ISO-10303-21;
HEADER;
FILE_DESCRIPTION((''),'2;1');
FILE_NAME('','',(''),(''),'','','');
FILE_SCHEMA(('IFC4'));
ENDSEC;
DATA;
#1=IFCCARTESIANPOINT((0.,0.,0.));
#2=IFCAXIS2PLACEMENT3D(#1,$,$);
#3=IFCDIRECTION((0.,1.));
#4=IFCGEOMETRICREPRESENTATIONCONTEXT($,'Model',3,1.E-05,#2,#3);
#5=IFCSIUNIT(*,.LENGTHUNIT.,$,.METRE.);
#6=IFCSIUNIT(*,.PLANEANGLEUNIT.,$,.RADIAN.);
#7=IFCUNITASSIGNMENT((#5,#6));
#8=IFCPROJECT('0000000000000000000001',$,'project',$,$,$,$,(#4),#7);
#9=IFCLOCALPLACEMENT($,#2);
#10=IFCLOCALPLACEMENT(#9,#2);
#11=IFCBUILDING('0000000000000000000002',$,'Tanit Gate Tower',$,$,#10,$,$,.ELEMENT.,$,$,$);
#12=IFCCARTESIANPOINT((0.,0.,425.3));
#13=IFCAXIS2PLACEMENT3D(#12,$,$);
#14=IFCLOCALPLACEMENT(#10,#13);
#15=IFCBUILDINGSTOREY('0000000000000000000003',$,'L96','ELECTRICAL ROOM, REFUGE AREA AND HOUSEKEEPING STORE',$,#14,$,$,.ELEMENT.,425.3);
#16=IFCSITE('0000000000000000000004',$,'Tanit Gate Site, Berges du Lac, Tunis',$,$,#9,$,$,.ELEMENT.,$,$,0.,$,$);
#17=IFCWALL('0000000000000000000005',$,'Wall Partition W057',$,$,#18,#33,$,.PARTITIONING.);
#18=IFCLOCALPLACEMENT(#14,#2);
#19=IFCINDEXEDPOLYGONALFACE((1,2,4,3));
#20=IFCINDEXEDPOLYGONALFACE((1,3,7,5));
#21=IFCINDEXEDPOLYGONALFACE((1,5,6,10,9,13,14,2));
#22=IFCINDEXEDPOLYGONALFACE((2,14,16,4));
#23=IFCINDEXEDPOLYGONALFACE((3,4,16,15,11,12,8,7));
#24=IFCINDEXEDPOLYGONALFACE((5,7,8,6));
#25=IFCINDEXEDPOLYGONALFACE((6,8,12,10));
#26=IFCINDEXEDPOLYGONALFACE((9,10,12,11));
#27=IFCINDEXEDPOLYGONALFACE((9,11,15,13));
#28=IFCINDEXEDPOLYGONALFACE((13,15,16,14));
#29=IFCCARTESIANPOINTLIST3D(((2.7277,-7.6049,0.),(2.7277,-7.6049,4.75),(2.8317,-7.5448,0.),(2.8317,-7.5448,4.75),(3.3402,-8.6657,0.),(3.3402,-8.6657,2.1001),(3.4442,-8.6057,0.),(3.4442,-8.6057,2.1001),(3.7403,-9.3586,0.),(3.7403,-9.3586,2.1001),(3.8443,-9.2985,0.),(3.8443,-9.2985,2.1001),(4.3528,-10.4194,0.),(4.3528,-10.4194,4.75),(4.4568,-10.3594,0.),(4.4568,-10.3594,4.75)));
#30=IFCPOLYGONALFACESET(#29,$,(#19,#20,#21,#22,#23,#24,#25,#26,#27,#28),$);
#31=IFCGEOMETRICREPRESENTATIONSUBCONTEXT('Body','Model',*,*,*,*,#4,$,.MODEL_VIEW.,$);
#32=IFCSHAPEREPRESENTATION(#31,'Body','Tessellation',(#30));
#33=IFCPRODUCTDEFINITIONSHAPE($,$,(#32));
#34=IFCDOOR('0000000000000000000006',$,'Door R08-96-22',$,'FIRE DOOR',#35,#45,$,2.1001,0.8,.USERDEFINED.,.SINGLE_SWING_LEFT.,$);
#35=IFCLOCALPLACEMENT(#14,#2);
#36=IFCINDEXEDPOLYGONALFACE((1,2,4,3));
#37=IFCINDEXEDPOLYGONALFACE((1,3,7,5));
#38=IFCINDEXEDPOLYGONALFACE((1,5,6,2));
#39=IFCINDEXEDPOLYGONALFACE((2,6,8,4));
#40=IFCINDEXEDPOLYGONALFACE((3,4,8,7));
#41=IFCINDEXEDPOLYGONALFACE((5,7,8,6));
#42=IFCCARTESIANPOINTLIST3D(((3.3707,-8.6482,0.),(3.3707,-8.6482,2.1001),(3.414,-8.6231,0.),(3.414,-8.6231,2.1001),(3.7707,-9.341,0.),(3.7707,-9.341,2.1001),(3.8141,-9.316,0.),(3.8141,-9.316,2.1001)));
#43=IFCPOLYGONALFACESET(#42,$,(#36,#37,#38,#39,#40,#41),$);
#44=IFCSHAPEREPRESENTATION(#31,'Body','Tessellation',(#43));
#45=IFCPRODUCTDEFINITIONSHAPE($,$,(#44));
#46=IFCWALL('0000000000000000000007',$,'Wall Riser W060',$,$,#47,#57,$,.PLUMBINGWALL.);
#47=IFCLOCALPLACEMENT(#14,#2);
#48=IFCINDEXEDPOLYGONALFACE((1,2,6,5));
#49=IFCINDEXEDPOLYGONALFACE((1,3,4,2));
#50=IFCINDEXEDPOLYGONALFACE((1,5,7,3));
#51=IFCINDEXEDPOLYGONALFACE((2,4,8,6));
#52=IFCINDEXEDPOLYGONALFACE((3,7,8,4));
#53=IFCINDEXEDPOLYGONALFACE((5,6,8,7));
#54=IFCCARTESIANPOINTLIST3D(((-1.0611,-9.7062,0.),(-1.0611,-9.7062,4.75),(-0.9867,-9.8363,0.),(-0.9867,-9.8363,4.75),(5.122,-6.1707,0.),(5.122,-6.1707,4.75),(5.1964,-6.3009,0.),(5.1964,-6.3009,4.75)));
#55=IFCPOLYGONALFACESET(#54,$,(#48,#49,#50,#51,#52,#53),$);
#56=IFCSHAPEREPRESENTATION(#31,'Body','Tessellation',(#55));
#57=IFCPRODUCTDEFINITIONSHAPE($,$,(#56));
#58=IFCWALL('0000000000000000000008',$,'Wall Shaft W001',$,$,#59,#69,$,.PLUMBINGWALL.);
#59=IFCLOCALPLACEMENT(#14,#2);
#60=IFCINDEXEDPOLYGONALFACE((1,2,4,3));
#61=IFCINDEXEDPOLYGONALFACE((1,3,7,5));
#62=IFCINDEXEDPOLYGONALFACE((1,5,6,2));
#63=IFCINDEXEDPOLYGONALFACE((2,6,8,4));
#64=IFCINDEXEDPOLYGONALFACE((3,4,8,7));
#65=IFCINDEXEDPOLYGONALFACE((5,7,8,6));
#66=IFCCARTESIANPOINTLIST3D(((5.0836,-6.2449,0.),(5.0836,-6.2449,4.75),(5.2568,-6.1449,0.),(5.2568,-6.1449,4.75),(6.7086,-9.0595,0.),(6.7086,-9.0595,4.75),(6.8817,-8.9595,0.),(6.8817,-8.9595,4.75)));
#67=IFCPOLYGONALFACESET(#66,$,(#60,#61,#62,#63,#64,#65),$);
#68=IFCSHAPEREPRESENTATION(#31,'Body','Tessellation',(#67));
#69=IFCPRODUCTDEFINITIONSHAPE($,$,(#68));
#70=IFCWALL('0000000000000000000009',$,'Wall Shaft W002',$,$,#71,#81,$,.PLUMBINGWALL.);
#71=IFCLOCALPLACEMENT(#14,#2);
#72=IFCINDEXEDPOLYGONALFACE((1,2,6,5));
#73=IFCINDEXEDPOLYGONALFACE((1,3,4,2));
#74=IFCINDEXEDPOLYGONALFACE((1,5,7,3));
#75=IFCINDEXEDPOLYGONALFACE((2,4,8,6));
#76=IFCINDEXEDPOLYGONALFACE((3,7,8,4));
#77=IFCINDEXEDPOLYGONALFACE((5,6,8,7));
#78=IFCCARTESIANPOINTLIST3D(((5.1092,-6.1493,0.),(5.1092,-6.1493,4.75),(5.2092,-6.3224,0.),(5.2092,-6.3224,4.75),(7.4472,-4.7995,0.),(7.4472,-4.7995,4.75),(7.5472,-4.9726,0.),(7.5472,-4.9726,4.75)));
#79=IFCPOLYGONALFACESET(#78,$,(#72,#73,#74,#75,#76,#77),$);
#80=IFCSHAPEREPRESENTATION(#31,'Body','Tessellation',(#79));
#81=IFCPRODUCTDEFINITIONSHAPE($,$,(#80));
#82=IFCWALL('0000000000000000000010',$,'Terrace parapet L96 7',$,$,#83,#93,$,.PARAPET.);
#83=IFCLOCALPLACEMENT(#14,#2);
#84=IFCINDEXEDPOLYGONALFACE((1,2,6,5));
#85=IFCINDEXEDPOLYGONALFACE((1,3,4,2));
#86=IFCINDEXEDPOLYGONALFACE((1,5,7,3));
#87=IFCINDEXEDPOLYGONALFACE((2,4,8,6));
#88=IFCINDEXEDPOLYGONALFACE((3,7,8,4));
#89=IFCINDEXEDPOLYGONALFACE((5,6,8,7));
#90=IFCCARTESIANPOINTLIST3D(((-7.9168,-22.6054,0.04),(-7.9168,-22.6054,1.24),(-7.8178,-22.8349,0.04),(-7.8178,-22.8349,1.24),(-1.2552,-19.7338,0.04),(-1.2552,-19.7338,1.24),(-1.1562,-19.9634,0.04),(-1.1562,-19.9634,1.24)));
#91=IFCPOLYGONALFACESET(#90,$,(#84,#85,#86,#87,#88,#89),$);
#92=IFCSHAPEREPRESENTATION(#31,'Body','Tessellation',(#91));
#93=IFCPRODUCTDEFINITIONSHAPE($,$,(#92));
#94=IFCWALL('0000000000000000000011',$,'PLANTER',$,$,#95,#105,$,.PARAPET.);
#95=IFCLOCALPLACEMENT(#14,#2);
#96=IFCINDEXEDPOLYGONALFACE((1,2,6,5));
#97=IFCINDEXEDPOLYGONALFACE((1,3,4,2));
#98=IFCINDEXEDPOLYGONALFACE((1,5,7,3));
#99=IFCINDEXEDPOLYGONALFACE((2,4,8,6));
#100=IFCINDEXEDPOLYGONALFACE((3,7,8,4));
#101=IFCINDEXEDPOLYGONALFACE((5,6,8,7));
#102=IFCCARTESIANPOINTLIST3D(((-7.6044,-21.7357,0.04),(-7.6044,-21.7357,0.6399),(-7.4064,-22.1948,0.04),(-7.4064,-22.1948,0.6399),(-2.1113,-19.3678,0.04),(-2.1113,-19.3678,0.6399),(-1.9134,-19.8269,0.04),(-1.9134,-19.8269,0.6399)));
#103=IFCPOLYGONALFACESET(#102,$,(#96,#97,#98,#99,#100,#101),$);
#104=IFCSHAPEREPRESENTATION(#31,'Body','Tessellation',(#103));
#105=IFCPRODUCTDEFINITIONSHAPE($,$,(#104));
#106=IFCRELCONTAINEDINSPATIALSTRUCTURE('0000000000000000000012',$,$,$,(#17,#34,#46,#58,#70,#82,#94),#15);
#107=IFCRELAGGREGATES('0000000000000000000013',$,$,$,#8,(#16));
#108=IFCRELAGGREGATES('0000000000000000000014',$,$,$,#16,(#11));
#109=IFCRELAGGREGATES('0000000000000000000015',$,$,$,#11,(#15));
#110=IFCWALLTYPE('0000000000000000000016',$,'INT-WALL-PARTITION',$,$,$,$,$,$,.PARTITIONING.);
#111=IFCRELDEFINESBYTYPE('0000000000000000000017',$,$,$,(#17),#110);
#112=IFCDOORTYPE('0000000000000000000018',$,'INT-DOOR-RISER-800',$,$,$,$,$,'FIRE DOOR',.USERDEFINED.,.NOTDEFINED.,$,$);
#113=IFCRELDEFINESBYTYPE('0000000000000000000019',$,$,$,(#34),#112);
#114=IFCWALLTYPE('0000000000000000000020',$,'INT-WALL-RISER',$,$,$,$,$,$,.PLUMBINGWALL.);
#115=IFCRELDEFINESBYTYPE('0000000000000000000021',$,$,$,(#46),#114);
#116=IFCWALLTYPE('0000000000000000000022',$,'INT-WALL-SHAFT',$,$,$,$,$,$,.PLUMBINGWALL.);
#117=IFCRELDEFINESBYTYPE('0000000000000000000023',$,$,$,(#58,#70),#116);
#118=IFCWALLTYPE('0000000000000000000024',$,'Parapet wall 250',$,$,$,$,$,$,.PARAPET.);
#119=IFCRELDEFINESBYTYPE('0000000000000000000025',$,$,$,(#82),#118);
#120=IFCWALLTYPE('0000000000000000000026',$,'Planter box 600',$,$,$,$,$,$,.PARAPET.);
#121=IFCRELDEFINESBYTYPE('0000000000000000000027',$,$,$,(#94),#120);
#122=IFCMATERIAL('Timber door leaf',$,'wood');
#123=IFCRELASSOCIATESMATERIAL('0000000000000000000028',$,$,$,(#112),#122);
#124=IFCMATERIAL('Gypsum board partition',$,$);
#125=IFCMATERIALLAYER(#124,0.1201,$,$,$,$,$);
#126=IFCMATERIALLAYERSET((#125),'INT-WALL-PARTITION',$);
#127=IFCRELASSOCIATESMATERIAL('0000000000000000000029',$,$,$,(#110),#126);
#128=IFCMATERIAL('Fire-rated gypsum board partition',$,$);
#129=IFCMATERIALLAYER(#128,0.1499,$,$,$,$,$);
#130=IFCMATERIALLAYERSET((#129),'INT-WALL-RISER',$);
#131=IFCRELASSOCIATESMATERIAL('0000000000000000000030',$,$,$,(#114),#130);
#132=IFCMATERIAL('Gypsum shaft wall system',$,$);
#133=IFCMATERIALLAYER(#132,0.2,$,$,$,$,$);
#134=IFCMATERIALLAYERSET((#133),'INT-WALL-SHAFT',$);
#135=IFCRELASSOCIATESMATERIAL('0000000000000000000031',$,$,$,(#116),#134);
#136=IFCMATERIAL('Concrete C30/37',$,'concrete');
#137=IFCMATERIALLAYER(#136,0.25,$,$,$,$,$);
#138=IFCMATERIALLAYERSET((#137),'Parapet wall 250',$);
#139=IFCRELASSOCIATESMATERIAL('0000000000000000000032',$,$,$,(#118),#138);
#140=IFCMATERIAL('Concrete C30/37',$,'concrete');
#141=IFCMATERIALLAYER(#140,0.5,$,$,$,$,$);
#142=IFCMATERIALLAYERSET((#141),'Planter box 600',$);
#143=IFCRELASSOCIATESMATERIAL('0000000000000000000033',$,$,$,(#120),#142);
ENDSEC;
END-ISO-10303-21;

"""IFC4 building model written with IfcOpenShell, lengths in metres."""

from ifc_helpers import new_model, si_unit, direction, frame, frame_2d, origin, place, context, subcontext, project, spatial, rectangle, extrude, material, layer, layer_set, type_object, element, fill, save


model = new_model("IFC4")

# Units and contexts
model_context = context("Model", 3, precision=1e-05, world=origin(), true_north=direction((0.0, 1.0)))
body_context = subcontext(model_context, "Body", "Model", "MODEL_VIEW")
ifc_project = project(units=[si_unit("LENGTHUNIT", "METRE"), si_unit("PLANEANGLEUNIT", "RADIAN")], contexts=[model_context])

# Site, building, storey
site_placement = place(None, origin())
site = spatial("IfcSite", under=ifc_project, at=site_placement, Name="Tanit Gate Site, Berges du Lac, Tunis", CompositionType="ELEMENT", RefElevation=0.0)
building_placement = place(site_placement, origin())
building = spatial("IfcBuilding", under=site, at=building_placement, Name="Tanit Gate Tower", CompositionType="ELEMENT")
storey_placement = place(building_placement, frame((0.0, 0.0, 425.3)))
storey = spatial("IfcBuildingStorey", under=building, at=storey_placement, Name="L96", Description="ELECTRICAL ROOM, REFUGE AREA AND HOUSEKEEPING STORE", CompositionType="ELEMENT", Elevation=425.3)

# Shared definitions
ifc_material_1 = material(Name="Timber door leaf", Category="wood")
door_type_1 = type_object("IfcDoorType", Name="INT-DOOR-RISER-800", ElementType="FIRE DOOR", OperationType="NOTDEFINED", PredefinedType="USERDEFINED", material=ifc_material_1)

# Wall, opening, door
ifc_material_2 = material(Name="Gypsum board partition")
ifc_layer_1 = layer(ifc_material_2, 0.1201)
ifc_layer_set_1 = layer_set([ifc_layer_1], Name="INT-WALL-PARTITION")
wall_type_1 = type_object("IfcWallType", Name="INT-WALL-PARTITION", PredefinedType="PARTITIONING", material=ifc_layer_set_1)
wall_1_placement = place(storey_placement, frame((4.4048, -10.3894, 0.0), z_axis=(0.0, 0.0, 1.0), x_axis=(-0.500017, 0.866015, 0.0)))
wall_1 = element("IfcWall", 1, at=wall_1_placement, inside=storey, type_object=wall_type_1, Name="Wall Partition W057", PredefinedType="PARTITIONING", context=body_context, shape_type="SweptSolid", body=[
    extrude(rectangle(XDim=3.25, YDim=0.1201, at=frame_2d((1.625, 0.0))), origin(), (0.0, 0.0, 1.0), 4.75),
])
opening_1_placement = place(wall_1_placement, frame((1.2251, 0.0, 0.0)))
opening_1 = element("IfcOpeningElement", 2, at=opening_1_placement, cuts=wall_1, PredefinedType="OPENING", context=body_context, shape_type="SweptSolid", body=[
    extrude(rectangle(XDim=0.8, YDim=2.1001, at=frame_2d((0.3999, 1.05))), frame((0.0, 0.0701, 0.0), z_axis=(0.0, -1.0, 0.0), x_axis=(1.0, 0.0, 0.0)), (0.0, 0.0, 1.0), 0.1401),
])
door_1_placement = place(opening_1_placement, origin())
door_1 = element("IfcDoor", 3, at=door_1_placement, inside=storey, type_object=door_type_1, Name="Door R08-96-22", ObjectType="FIRE DOOR", OperationType="SINGLE_SWING_LEFT", OverallHeight=2.1001, OverallWidth=0.8, PredefinedType="USERDEFINED", context=body_context, shape_type="SweptSolid", body=[
    extrude(rectangle(XDim=0.8, YDim=2.1001, at=frame_2d((0.3999, 1.05))), frame((0.0, 0.0249, 0.0), z_axis=(0.0, -1.0, 0.0), x_axis=(1.0, 0.0, 0.0)), (0.0, 0.0, 1.0), 0.05),
])
fill(opening_1, door_1)

# Walls
ifc_material_3 = material(Name="Fire-rated gypsum board partition")
ifc_layer_2 = layer(ifc_material_3, 0.1499)
ifc_layer_set_2 = layer_set([ifc_layer_2], Name="INT-WALL-RISER")
wall_type_2 = type_object("IfcWallType", Name="INT-WALL-RISER", PredefinedType="PLUMBINGWALL", material=ifc_layer_set_2)
wall_2_placement = place(storey_placement, frame((-1.0239, -9.7712, 0.0), z_axis=(0.0, 0.0, 1.0), x_axis=(0.86811, 0.496371, 0.0)))
element("IfcWall", 4, at=wall_2_placement, inside=storey, type_object=wall_type_2, Name="Wall Riser W060", PredefinedType="PLUMBINGWALL", context=body_context, shape_type="SweptSolid", body=[
    extrude(rectangle(XDim=7.1226, YDim=0.1499, at=frame_2d((3.5613, 0.0))), origin(), (0.0, 0.0, 1.0), 4.75),
])
ifc_material_4 = material(Name="Gypsum shaft wall system")
ifc_layer_3 = layer(ifc_material_4, 0.2)
ifc_layer_set_3 = layer_set([ifc_layer_3], Name="INT-WALL-SHAFT")
wall_type_3 = type_object("IfcWallType", Name="INT-WALL-SHAFT", PredefinedType="PLUMBINGWALL", material=ifc_layer_set_3)
wall_3_placement = place(storey_placement, frame((6.7952, -9.0095, 0.0), z_axis=(0.0, 0.0, 1.0), x_axis=(-0.499985, 0.866034, 0.0)))
element("IfcWall", 5, at=wall_3_placement, inside=storey, type_object=wall_type_3, Name="Wall Shaft W001", PredefinedType="PLUMBINGWALL", context=body_context, shape_type="SweptSolid", body=[
    extrude(rectangle(XDim=3.25, YDim=0.2, at=frame_2d((1.625, 0.0))), origin(), (0.0, 0.0, 1.0), 4.75),
])
wall_4_placement = place(storey_placement, frame((5.1592, -6.2358, 0.0), z_axis=(0.0, 0.0, 1.0), x_axis=(0.866037, 0.499981, 0.0)))
element("IfcWall", 6, at=wall_4_placement, inside=storey, type_object=wall_type_3, Name="Wall Shaft W002", PredefinedType="PLUMBINGWALL", context=body_context, shape_type="SweptSolid", body=[
    extrude(rectangle(XDim=2.6997, YDim=0.2, at=frame_2d((1.3499, 0.0))), origin(), (0.0, 0.0, 1.0), 4.75),
])
ifc_material_5 = material(Name="Concrete C30/37", Category="concrete")
ifc_layer_4 = layer(ifc_material_5, 0.25)
ifc_layer_set_4 = layer_set([ifc_layer_4], Name="Parapet wall 250")
wall_type_4 = type_object("IfcWallType", Name="Parapet wall 250", PredefinedType="PARAPET", material=ifc_layer_set_4)
wall_5_placement = place(storey_placement, frame((-1.2058, -19.8486, 0.04), z_axis=(0.0, 0.0, 1.0), x_axis=(-0.918314, -0.395852, 0.0)))
element("IfcWall", 7, at=wall_5_placement, inside=storey, type_object=wall_type_4, Name="Terrace parapet L96 7", PredefinedType="PARAPET", context=body_context, shape_type="SweptSolid", body=[
    extrude(rectangle(XDim=7.2542, YDim=0.25, at=frame_2d((3.627, 0.0))), origin(), (0.0, 0.0, 1.0), 1.2),
])
ifc_material_6 = material(Name="Concrete C30/37", Category="concrete")
ifc_layer_5 = layer(ifc_material_6, 0.5)
ifc_layer_set_5 = layer_set([ifc_layer_5], Name="Planter box 600")
wall_type_5 = type_object("IfcWallType", Name="Planter box 600", PredefinedType="PARAPET", material=ifc_layer_set_5)
wall_6_placement = place(storey_placement, frame((-2.0125, -19.5974, 0.04), z_axis=(0.0, 0.0, 1.0), x_axis=(-0.918313, -0.395854, 0.0)))
element("IfcWall", 8, at=wall_6_placement, inside=storey, type_object=wall_type_5, Name="PLANTER", PredefinedType="PARAPET", context=body_context, shape_type="SweptSolid", body=[
    extrude(rectangle(XDim=5.9817, YDim=0.5, at=frame_2d((2.9907, 0.0))), origin(), (0.0, 0.0, 1.0), 0.5999),
])

save(model, "model.ifc")
